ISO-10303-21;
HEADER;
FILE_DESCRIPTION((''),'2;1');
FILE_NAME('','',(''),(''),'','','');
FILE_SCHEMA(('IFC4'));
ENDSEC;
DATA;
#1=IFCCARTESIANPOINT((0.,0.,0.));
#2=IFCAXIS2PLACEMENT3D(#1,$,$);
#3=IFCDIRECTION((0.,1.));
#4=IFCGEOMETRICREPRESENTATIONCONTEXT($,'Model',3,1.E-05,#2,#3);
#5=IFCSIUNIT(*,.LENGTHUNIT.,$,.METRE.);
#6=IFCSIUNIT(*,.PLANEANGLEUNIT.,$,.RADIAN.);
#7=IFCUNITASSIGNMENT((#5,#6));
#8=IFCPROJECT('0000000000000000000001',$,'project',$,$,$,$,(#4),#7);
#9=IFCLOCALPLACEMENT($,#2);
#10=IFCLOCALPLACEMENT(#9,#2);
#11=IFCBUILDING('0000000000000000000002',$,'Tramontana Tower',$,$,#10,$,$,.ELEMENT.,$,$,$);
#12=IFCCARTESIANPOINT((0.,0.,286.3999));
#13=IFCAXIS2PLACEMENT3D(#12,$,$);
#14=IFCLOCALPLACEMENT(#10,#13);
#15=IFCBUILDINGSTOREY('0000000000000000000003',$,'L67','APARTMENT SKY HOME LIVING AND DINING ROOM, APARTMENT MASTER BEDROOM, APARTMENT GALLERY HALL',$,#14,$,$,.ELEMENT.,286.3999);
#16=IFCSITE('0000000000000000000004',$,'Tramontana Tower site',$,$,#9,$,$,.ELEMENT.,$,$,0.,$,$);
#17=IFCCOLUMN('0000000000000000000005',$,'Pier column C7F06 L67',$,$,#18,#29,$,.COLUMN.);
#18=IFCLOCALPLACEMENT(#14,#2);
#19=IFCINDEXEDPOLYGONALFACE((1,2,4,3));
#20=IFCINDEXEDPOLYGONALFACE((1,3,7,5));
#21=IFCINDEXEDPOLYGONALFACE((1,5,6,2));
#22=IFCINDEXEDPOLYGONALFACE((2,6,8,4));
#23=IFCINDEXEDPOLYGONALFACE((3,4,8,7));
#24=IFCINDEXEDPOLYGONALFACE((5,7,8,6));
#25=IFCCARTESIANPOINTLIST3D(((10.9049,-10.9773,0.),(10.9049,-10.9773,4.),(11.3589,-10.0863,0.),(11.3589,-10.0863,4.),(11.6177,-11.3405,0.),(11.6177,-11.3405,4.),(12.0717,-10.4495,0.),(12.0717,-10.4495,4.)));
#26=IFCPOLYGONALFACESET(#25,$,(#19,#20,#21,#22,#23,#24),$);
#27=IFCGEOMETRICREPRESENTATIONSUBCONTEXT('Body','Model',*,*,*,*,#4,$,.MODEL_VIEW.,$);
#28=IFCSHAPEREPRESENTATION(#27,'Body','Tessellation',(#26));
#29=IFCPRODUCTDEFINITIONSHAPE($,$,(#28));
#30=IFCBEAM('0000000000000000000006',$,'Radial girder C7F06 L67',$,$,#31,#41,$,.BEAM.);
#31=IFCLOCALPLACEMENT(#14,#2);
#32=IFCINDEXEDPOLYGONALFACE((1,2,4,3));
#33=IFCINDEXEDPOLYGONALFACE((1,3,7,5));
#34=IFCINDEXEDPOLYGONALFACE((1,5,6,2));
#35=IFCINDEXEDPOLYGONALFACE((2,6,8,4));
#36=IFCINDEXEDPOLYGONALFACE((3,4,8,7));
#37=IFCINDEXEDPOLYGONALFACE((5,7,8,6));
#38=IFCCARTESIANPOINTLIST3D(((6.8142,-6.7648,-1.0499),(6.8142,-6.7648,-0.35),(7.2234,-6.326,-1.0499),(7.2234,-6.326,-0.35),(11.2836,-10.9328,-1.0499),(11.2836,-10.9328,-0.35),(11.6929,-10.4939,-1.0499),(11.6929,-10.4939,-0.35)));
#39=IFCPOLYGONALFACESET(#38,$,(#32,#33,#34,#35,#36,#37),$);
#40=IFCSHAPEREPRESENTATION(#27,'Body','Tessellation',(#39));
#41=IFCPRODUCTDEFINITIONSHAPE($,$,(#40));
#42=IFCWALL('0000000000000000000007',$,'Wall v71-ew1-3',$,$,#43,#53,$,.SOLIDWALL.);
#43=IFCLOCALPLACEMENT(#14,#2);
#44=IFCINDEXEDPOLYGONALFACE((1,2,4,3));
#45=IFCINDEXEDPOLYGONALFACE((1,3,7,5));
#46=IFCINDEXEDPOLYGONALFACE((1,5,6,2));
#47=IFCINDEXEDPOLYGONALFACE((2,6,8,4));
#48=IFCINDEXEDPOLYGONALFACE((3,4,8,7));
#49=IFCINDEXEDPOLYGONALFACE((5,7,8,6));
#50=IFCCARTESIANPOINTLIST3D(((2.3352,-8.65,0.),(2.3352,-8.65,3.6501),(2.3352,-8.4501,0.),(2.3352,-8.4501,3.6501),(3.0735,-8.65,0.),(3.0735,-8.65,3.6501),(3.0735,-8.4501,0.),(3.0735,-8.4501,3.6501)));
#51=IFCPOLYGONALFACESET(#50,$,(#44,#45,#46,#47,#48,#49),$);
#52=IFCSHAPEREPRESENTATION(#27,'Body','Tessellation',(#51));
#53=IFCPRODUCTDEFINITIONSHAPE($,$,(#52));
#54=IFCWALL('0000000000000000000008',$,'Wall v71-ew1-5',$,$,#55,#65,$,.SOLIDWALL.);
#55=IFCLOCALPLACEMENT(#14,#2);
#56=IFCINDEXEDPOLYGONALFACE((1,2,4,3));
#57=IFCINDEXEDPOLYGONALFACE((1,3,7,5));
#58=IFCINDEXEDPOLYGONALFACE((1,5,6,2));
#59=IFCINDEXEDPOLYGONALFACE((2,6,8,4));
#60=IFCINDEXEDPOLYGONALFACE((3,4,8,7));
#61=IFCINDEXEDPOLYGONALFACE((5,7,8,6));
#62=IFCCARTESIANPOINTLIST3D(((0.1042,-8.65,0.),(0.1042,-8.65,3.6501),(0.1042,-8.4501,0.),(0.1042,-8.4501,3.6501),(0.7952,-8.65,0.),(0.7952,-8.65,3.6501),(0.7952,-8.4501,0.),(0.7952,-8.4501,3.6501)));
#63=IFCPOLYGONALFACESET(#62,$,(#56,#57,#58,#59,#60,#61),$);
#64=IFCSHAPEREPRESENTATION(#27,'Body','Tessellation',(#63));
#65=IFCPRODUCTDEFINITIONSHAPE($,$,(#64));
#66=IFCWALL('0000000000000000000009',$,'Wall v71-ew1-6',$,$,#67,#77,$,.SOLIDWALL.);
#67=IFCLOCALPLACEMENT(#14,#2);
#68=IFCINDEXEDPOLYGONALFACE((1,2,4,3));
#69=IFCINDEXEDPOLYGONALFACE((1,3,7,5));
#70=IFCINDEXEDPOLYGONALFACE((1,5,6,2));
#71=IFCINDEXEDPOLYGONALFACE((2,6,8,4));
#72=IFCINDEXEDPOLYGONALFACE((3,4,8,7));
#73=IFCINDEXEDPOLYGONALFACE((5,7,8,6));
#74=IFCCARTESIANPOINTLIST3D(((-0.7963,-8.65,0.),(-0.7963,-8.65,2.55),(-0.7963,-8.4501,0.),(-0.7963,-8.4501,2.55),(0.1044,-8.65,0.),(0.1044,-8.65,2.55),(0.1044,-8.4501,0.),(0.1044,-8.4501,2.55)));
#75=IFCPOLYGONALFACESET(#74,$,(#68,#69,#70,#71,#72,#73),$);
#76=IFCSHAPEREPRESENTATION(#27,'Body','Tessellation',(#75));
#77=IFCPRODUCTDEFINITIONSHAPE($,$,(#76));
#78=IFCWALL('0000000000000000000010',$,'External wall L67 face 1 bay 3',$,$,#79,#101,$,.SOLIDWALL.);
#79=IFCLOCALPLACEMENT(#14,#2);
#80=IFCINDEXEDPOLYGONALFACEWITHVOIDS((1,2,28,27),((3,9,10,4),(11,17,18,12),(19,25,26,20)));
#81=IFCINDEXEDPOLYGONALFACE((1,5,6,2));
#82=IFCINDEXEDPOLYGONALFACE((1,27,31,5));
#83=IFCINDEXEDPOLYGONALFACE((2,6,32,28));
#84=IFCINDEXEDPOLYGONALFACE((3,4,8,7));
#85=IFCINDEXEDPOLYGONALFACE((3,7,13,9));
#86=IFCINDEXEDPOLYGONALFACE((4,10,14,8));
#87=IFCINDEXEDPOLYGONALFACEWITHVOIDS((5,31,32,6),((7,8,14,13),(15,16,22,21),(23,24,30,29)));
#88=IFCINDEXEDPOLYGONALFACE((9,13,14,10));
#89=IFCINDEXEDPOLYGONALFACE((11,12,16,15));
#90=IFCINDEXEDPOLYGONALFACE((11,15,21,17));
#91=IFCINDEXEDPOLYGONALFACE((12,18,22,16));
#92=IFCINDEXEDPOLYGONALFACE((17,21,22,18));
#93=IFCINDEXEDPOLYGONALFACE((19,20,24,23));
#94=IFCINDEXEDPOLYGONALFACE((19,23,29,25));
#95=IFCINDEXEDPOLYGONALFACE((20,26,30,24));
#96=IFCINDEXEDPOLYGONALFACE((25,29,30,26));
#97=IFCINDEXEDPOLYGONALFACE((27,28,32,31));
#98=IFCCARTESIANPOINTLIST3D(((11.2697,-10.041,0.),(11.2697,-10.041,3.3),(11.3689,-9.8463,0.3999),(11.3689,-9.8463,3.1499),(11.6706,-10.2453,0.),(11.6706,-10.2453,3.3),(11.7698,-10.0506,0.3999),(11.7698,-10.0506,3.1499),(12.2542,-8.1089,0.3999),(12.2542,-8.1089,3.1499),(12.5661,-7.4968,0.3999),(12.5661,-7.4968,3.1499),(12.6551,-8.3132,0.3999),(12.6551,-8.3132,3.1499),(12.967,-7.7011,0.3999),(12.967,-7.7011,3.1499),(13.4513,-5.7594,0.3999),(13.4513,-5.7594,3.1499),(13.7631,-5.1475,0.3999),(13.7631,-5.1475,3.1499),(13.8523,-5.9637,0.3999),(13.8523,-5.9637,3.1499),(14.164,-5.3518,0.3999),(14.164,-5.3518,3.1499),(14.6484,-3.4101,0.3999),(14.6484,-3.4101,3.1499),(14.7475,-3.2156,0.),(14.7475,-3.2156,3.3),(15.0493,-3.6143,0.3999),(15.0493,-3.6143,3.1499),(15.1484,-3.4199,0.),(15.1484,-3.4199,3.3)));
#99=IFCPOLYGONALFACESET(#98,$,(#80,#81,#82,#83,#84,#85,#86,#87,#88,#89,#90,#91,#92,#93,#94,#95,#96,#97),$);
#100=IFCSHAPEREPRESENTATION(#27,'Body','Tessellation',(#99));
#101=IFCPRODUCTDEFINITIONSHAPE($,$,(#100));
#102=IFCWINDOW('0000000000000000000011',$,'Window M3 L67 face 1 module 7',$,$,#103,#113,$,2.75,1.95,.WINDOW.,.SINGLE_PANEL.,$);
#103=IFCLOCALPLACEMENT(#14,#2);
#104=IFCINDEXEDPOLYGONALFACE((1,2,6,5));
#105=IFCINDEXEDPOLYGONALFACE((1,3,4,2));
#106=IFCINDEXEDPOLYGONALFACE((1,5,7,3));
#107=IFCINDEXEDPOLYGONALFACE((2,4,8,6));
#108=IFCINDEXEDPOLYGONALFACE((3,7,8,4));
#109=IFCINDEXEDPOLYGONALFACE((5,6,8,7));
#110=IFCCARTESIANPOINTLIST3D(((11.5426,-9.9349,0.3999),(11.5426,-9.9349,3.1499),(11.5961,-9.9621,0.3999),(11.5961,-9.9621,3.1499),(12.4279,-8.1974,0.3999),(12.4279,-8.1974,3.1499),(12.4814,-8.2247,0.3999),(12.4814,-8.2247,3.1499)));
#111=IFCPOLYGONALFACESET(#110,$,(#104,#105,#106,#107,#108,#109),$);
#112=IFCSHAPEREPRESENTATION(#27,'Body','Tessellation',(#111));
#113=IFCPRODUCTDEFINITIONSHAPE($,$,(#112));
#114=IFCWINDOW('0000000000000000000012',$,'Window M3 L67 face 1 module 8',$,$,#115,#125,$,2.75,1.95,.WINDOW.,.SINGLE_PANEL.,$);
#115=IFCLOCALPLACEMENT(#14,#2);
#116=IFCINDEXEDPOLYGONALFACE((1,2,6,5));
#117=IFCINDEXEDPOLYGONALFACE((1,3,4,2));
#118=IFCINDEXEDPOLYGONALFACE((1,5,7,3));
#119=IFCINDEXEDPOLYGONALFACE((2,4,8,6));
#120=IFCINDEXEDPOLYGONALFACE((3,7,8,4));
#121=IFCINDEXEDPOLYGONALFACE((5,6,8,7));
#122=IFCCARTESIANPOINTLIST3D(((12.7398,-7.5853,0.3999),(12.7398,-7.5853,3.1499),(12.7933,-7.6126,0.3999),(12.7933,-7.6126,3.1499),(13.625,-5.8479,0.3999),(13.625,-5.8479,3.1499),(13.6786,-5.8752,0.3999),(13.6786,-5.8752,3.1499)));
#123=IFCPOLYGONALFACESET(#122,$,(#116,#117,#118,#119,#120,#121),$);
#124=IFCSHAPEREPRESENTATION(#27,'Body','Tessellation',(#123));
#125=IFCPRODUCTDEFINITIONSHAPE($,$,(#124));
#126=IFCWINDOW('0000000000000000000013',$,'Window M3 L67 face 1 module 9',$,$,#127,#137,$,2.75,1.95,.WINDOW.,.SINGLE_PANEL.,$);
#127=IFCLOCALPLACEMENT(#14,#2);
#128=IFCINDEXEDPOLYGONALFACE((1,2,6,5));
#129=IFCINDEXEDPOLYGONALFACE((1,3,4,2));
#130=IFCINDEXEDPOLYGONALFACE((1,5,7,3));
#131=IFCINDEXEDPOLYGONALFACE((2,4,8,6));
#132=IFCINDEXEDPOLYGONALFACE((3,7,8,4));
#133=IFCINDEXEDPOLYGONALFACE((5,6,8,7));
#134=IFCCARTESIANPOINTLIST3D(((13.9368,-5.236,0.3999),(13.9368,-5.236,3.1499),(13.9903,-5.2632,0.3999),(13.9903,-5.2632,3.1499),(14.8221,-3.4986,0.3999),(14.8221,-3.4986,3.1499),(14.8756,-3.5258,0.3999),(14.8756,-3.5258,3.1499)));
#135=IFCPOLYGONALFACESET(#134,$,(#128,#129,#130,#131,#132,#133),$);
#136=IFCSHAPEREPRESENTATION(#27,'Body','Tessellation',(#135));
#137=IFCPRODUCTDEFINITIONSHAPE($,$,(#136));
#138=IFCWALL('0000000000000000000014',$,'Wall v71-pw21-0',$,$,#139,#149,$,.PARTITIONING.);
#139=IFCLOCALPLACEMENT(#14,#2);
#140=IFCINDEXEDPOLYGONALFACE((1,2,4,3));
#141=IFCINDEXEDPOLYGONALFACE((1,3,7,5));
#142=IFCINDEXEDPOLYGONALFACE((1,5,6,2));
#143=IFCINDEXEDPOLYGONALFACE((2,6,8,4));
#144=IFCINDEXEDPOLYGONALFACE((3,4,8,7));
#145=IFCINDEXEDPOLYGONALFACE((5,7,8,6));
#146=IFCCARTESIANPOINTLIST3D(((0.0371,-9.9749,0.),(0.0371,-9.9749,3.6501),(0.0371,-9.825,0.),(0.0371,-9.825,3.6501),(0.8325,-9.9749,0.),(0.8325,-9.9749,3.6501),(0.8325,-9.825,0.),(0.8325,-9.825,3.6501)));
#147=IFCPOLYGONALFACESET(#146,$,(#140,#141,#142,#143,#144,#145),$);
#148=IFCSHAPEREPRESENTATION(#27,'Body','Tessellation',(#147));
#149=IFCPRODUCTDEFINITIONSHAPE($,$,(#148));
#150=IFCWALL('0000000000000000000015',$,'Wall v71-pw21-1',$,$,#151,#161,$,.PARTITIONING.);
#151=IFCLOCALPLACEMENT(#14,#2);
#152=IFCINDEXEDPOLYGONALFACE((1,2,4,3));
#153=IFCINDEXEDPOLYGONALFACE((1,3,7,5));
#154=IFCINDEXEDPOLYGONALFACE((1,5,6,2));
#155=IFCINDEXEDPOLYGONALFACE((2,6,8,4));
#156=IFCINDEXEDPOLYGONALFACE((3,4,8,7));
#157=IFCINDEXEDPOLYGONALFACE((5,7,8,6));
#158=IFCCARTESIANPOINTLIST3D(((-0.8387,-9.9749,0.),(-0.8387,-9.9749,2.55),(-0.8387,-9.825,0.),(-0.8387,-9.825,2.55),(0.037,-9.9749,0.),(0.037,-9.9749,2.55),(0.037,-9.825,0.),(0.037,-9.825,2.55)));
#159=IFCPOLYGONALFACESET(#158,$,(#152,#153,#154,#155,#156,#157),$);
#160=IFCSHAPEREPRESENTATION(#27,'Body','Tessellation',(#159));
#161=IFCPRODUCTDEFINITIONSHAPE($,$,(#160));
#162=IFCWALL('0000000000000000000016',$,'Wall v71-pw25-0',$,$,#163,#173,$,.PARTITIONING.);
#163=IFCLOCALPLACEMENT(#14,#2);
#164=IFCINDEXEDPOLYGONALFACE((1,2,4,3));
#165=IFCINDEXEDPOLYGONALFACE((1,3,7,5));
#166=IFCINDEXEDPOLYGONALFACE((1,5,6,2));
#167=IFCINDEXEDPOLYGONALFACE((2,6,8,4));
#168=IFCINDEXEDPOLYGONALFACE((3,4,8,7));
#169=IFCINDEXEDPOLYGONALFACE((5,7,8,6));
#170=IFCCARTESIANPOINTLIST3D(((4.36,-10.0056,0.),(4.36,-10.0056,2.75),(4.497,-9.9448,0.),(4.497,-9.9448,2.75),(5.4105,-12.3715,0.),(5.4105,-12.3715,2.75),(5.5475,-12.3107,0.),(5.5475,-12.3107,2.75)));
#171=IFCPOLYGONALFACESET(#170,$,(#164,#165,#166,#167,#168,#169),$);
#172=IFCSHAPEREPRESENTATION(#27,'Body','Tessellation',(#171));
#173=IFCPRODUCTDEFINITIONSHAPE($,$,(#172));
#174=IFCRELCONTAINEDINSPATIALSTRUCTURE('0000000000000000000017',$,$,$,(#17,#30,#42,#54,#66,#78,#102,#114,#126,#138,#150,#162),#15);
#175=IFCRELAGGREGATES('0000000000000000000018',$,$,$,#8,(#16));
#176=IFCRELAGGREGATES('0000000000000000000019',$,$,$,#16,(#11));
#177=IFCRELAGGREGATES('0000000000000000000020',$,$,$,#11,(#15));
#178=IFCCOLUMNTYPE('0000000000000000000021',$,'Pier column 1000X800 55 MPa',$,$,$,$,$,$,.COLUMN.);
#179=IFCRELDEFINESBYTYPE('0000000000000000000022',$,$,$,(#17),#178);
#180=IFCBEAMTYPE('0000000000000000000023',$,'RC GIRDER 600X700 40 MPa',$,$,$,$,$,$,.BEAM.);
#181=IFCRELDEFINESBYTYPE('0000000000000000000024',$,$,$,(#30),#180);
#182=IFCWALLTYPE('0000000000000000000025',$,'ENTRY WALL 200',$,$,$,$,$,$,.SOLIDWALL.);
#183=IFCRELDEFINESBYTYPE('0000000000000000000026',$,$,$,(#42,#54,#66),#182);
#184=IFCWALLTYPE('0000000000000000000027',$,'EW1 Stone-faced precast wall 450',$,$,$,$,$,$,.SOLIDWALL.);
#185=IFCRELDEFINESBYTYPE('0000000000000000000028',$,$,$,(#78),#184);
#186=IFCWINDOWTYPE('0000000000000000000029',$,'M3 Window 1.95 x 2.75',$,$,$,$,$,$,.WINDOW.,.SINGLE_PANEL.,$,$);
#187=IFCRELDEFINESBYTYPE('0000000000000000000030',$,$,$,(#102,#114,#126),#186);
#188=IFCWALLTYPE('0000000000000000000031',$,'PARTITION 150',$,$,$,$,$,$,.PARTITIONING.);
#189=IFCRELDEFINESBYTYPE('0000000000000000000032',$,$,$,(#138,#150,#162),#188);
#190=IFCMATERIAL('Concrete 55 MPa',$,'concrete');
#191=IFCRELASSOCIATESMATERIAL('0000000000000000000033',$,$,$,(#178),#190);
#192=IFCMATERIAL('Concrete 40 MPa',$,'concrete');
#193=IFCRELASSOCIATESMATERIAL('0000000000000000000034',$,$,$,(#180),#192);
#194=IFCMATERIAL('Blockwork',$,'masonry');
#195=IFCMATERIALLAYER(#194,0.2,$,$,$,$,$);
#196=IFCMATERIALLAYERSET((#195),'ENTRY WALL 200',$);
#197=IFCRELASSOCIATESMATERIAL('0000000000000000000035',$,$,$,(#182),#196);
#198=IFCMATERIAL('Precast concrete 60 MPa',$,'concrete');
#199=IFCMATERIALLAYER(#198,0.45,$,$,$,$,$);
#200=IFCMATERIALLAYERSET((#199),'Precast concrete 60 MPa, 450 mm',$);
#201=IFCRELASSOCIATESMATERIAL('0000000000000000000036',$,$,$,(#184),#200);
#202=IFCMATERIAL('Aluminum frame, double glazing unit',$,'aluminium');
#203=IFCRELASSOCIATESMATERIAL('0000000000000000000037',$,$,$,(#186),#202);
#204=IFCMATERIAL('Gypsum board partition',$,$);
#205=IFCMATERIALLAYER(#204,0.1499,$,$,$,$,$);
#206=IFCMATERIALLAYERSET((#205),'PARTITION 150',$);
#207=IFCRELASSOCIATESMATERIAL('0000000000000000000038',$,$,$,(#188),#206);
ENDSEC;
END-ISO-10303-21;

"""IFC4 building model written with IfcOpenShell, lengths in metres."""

from ifc_helpers import new_model, si_unit, direction, frame, frame_2d, origin, origin_2d, place, context, subcontext, project, spatial, rectangle, extrude, material, layer, layer_set, material_profile, profile_set, type_object, element, fill, save


model = new_model("IFC4")

# Units and contexts
model_context = context("Model", 3, precision=1e-05, world=origin(), true_north=direction((0.0, 1.0)))
body_context = subcontext(model_context, "Body", "Model", "MODEL_VIEW")
ifc_project = project(units=[si_unit("LENGTHUNIT", "METRE"), si_unit("PLANEANGLEUNIT", "RADIAN")], contexts=[model_context])

# Site, building, storey
site_placement = place(None, origin())
site = spatial("IfcSite", under=ifc_project, at=site_placement, Name="Tramontana Tower site", CompositionType="ELEMENT", RefElevation=0.0)
building_placement = place(site_placement, origin())
building = spatial("IfcBuilding", under=site, at=building_placement, Name="Tramontana Tower", CompositionType="ELEMENT")
storey_placement = place(building_placement, frame((0.0, 0.0, 286.3999)))
storey = spatial("IfcBuildingStorey", under=building, at=storey_placement, Name="L67", Description="APARTMENT SKY HOME LIVING AND DINING ROOM, APARTMENT MASTER BEDROOM, APARTMENT GALLERY HALL", CompositionType="ELEMENT", Elevation=286.3999)

# Column
ifc_material_1 = material(Name="Concrete 55 MPa", Category="concrete")
ifc_material_profile_1 = material_profile(ifc_material_1, rectangle(XDim=1.0, YDim=0.8, at=origin_2d()), Name="Pier column 1000X800 55 MPa")
ifc_profile_set_1 = profile_set([ifc_material_profile_1], Name="Concrete 55 MPa")
column_type = type_object("IfcColumnType", Name="Pier column 1000X800 55 MPa", PredefinedType="COLUMN", material=ifc_profile_set_1)
column_placement = place(storey_placement, frame((11.4883, -10.7134, 0.0), z_axis=(0.0, 0.0, 1.0), x_axis=(0.45399, 0.891007, 0.0)))
element("IfcColumn", 1, at=column_placement, inside=storey, type_object=column_type, Name="Pier column C7F06 L67", PredefinedType="COLUMN", context=body_context, shape_type="SweptSolid", body=[
    extrude(rectangle(XDim=1.0, YDim=0.8, at=origin_2d()), origin(), (0.0, 0.0, 1.0), 4.0),
])

# Beam
ifc_material_2 = material(Name="Concrete 40 MPa", Category="concrete")
ifc_material_profile_2 = material_profile(ifc_material_2, rectangle(XDim=0.6001, YDim=0.7, at=origin_2d()), Name="RC GIRDER 600X700 40 MPa")
ifc_profile_set_2 = profile_set([ifc_material_profile_2], Name="Concrete 40 MPa")
beam_type = type_object("IfcBeamType", Name="RC GIRDER 600X700 40 MPa", PredefinedType="BEAM", material=ifc_profile_set_2)
beam_placement = place(storey_placement, frame((11.4883, -10.7134, -0.7), z_axis=(-0.731345, 0.682008, 0.0), x_axis=(-0.682008, -0.731345, 0.0)))
element("IfcBeam", 2, at=beam_placement, inside=storey, type_object=beam_type, Name="Radial girder C7F06 L67", PredefinedType="BEAM", context=body_context, shape_type="SweptSolid", body=[
    extrude(rectangle(XDim=0.6001, YDim=0.7, at=origin_2d()), origin(), (0.0, 0.0, 1.0), 6.1113),
])

# Wall
ifc_material_3 = material(Name="Blockwork", Category="masonry")
ifc_layer_1 = layer(ifc_material_3, 0.2)
ifc_layer_set_1 = layer_set([ifc_layer_1], Name="ENTRY WALL 200")
wall_type_1 = type_object("IfcWallType", Name="ENTRY WALL 200", PredefinedType="SOLIDWALL", material=ifc_layer_set_1)
wall_1_placement = place(storey_placement, frame((3.0735, -8.55, 0.0), z_axis=(0.0, 0.0, 1.0), x_axis=(-1.0, 0.0, 0.0)))
element("IfcWall", 3, at=wall_1_placement, inside=storey, type_object=wall_type_1, Name="Wall v71-ew1-3", PredefinedType="SOLIDWALL", context=body_context, shape_type="SweptSolid", body=[
    extrude(rectangle(XDim=0.7383, YDim=0.2, at=frame_2d((0.3691, 0.0))), origin(), (0.0, 0.0, 1.0), 3.6501),
])

# Walls
wall_2_placement = place(storey_placement, frame((0.7952, -8.55, 0.0), z_axis=(0.0, 0.0, 1.0), x_axis=(-1.0, 0.0, 0.0)))
element("IfcWall", 4, at=wall_2_placement, inside=storey, type_object=wall_type_1, Name="Wall v71-ew1-5", PredefinedType="SOLIDWALL", context=body_context, shape_type="SweptSolid", body=[
    extrude(rectangle(XDim=0.6909, YDim=0.2, at=frame_2d((0.3455, 0.0))), origin(), (0.0, 0.0, 1.0), 3.6501),
])
wall_3_placement = place(storey_placement, frame((0.1042, -8.55, 0.0), z_axis=(0.0, 0.0, 1.0), x_axis=(-1.0, 0.0, 0.0)))
element("IfcWall", 5, at=wall_3_placement, inside=storey, type_object=wall_type_1, Name="Wall v71-ew1-6", PredefinedType="SOLIDWALL", context=body_context, shape_type="SweptSolid", body=[
    extrude(rectangle(XDim=0.9006, YDim=0.2, at=frame_2d((0.4502, 0.0))), origin(), (0.0, 0.0, 1.0), 2.55),
])

# Wall, openings, windows
ifc_material_4 = material(Name="Precast concrete 60 MPa", Category="concrete")
ifc_layer_2 = layer(ifc_material_4, 0.45)
ifc_layer_set_2 = layer_set([ifc_layer_2], Name="Precast concrete 60 MPa, 450 mm")
wall_type_2 = type_object("IfcWallType", Name="EW1 Stone-faced precast wall 450", PredefinedType="SOLIDWALL", material=ifc_layer_set_2)
wall_4_placement = place(storey_placement, frame((11.4702, -10.1431, 0.0), z_axis=(0.0, 0.0, 1.0), x_axis=(0.453995, 0.891004, 0.0)))
wall_4 = element("IfcWall", 6, at=wall_4_placement, inside=storey, type_object=wall_type_2, Name="External wall L67 face 1 bay 3", PredefinedType="SOLIDWALL", context=body_context, shape_type="SweptSolid", body=[
    extrude(rectangle(XDim=7.6604, YDim=0.45, at=frame_2d((3.8301, 0.0))), origin(), (0.0, 0.0, 1.0), 3.3),
])
opening_1_placement = place(wall_4_placement, frame((0.2183, 0.0, 0.3999)))
opening_1 = element("IfcOpeningElement", 7, at=opening_1_placement, cuts=wall_4, PredefinedType="OPENING", context=body_context, shape_type="SweptSolid", body=[
    extrude(rectangle(XDim=1.95, YDim=2.75, at=frame_2d((0.9751, 1.375))), frame((0.0, 0.2349, 0.0), z_axis=(0.0, -1.0, 0.0), x_axis=(1.0, 0.0, 0.0)), (0.0, 0.0, 1.0), 0.47),
])
opening_2_placement = place(wall_4_placement, frame((2.8552, 0.0, 0.3999)))
opening_2 = element("IfcOpeningElement", 8, at=opening_2_placement, cuts=wall_4, PredefinedType="OPENING", context=body_context, shape_type="SweptSolid", body=[
    extrude(rectangle(XDim=1.95, YDim=2.75, at=frame_2d((0.9751, 1.375))), frame((0.0, 0.2349, 0.0), z_axis=(0.0, -1.0, 0.0), x_axis=(1.0, 0.0, 0.0)), (0.0, 0.0, 1.0), 0.47),
])
opening_3_placement = place(wall_4_placement, frame((5.4919, 0.0, 0.3999)))
opening_3 = element("IfcOpeningElement", 9, at=opening_3_placement, cuts=wall_4, PredefinedType="OPENING", context=body_context, shape_type="SweptSolid", body=[
    extrude(rectangle(XDim=1.95, YDim=2.75, at=frame_2d((0.9751, 1.375))), frame((0.0, 0.2349, 0.0), z_axis=(0.0, -1.0, 0.0), x_axis=(1.0, 0.0, 0.0)), (0.0, 0.0, 1.0), 0.47),
])
ifc_material_5 = material(Name="Aluminum frame, double glazing unit", Category="aluminium")
window_type = type_object("IfcWindowType", Name="M3 Window 1.95 x 2.75", PartitioningType="SINGLE_PANEL", PredefinedType="WINDOW", material=ifc_material_5)
window_1_placement = place(opening_1_placement, origin())
window_1 = element("IfcWindow", 10, at=window_1_placement, inside=storey, type_object=window_type, Name="Window M3 L67 face 1 module 7", OverallHeight=2.75, OverallWidth=1.95, PartitioningType="SINGLE_PANEL", PredefinedType="WINDOW", context=body_context, shape_type="SweptSolid", body=[
    extrude(rectangle(XDim=1.95, YDim=2.75, at=frame_2d((0.9751, 1.375))), frame((0.0, 0.03, 0.0), z_axis=(0.0, -1.0, 0.0), x_axis=(1.0, 0.0, 0.0)), (0.0, 0.0, 1.0), 0.0601),
])
fill(opening_1, window_1)
window_2_placement = place(opening_2_placement, origin())
window_2 = element("IfcWindow", 11, at=window_2_placement, inside=storey, type_object=window_type, Name="Window M3 L67 face 1 module 8", OverallHeight=2.75, OverallWidth=1.95, PartitioningType="SINGLE_PANEL", PredefinedType="WINDOW", context=body_context, shape_type="SweptSolid", body=[
    extrude(rectangle(XDim=1.95, YDim=2.75, at=frame_2d((0.9751, 1.375))), frame((0.0, 0.03, 0.0), z_axis=(0.0, -1.0, 0.0), x_axis=(1.0, 0.0, 0.0)), (0.0, 0.0, 1.0), 0.0601),
])
fill(opening_2, window_2)
window_3_placement = place(opening_3_placement, origin())
window_3 = element("IfcWindow", 12, at=window_3_placement, inside=storey, type_object=window_type, Name="Window M3 L67 face 1 module 9", OverallHeight=2.75, OverallWidth=1.95, PartitioningType="SINGLE_PANEL", PredefinedType="WINDOW", context=body_context, shape_type="SweptSolid", body=[
    extrude(rectangle(XDim=1.95, YDim=2.75, at=frame_2d((0.9751, 1.375))), frame((0.0, 0.03, 0.0), z_axis=(0.0, -1.0, 0.0), x_axis=(1.0, 0.0, 0.0)), (0.0, 0.0, 1.0), 0.0601),
])
fill(opening_3, window_3)

# Walls
ifc_material_6 = material(Name="Gypsum board partition")
ifc_layer_3 = layer(ifc_material_6, 0.1499)
ifc_layer_set_3 = layer_set([ifc_layer_3], Name="PARTITION 150")
wall_type_3 = type_object("IfcWallType", Name="PARTITION 150", PredefinedType="PARTITIONING", material=ifc_layer_set_3)
wall_5_placement = place(storey_placement, frame((0.8325, -9.8999, 0.0), z_axis=(0.0, 0.0, 1.0), x_axis=(-1.0, 0.0, 0.0)))
element("IfcWall", 13, at=wall_5_placement, inside=storey, type_object=wall_type_3, Name="Wall v71-pw21-0", PredefinedType="PARTITIONING", context=body_context, shape_type="SweptSolid", body=[
    extrude(rectangle(XDim=0.7954, YDim=0.1499, at=frame_2d((0.3977, 0.0))), origin(), (0.0, 0.0, 1.0), 3.6501),
])
wall_6_placement = place(storey_placement, frame((0.0371, -9.8999, 0.0), z_axis=(0.0, 0.0, 1.0), x_axis=(-1.0, 0.0, 0.0)))
element("IfcWall", 14, at=wall_6_placement, inside=storey, type_object=wall_type_3, Name="Wall v71-pw21-1", PredefinedType="PARTITIONING", context=body_context, shape_type="SweptSolid", body=[
    extrude(rectangle(XDim=0.8757, YDim=0.1499, at=frame_2d((0.438, 0.0))), origin(), (0.0, 0.0, 1.0), 2.55),
])

# Wall
wall_7_placement = place(storey_placement, frame((4.4285, -9.9751, 0.0), z_axis=(0.0, 0.0, 1.0), x_axis=(0.405815, -0.913955, 0.0)))
element("IfcWall", 15, at=wall_7_placement, inside=storey, type_object=wall_type_3, Name="Wall v71-pw25-0", PredefinedType="PARTITIONING", context=body_context, shape_type="SweptSolid", body=[
    extrude(rectangle(XDim=2.5886, YDim=0.1499, at=frame_2d((1.2944, 0.0))), origin(), (0.0, 0.0, 1.0), 2.75),
])

save(model, "model.ifc")
